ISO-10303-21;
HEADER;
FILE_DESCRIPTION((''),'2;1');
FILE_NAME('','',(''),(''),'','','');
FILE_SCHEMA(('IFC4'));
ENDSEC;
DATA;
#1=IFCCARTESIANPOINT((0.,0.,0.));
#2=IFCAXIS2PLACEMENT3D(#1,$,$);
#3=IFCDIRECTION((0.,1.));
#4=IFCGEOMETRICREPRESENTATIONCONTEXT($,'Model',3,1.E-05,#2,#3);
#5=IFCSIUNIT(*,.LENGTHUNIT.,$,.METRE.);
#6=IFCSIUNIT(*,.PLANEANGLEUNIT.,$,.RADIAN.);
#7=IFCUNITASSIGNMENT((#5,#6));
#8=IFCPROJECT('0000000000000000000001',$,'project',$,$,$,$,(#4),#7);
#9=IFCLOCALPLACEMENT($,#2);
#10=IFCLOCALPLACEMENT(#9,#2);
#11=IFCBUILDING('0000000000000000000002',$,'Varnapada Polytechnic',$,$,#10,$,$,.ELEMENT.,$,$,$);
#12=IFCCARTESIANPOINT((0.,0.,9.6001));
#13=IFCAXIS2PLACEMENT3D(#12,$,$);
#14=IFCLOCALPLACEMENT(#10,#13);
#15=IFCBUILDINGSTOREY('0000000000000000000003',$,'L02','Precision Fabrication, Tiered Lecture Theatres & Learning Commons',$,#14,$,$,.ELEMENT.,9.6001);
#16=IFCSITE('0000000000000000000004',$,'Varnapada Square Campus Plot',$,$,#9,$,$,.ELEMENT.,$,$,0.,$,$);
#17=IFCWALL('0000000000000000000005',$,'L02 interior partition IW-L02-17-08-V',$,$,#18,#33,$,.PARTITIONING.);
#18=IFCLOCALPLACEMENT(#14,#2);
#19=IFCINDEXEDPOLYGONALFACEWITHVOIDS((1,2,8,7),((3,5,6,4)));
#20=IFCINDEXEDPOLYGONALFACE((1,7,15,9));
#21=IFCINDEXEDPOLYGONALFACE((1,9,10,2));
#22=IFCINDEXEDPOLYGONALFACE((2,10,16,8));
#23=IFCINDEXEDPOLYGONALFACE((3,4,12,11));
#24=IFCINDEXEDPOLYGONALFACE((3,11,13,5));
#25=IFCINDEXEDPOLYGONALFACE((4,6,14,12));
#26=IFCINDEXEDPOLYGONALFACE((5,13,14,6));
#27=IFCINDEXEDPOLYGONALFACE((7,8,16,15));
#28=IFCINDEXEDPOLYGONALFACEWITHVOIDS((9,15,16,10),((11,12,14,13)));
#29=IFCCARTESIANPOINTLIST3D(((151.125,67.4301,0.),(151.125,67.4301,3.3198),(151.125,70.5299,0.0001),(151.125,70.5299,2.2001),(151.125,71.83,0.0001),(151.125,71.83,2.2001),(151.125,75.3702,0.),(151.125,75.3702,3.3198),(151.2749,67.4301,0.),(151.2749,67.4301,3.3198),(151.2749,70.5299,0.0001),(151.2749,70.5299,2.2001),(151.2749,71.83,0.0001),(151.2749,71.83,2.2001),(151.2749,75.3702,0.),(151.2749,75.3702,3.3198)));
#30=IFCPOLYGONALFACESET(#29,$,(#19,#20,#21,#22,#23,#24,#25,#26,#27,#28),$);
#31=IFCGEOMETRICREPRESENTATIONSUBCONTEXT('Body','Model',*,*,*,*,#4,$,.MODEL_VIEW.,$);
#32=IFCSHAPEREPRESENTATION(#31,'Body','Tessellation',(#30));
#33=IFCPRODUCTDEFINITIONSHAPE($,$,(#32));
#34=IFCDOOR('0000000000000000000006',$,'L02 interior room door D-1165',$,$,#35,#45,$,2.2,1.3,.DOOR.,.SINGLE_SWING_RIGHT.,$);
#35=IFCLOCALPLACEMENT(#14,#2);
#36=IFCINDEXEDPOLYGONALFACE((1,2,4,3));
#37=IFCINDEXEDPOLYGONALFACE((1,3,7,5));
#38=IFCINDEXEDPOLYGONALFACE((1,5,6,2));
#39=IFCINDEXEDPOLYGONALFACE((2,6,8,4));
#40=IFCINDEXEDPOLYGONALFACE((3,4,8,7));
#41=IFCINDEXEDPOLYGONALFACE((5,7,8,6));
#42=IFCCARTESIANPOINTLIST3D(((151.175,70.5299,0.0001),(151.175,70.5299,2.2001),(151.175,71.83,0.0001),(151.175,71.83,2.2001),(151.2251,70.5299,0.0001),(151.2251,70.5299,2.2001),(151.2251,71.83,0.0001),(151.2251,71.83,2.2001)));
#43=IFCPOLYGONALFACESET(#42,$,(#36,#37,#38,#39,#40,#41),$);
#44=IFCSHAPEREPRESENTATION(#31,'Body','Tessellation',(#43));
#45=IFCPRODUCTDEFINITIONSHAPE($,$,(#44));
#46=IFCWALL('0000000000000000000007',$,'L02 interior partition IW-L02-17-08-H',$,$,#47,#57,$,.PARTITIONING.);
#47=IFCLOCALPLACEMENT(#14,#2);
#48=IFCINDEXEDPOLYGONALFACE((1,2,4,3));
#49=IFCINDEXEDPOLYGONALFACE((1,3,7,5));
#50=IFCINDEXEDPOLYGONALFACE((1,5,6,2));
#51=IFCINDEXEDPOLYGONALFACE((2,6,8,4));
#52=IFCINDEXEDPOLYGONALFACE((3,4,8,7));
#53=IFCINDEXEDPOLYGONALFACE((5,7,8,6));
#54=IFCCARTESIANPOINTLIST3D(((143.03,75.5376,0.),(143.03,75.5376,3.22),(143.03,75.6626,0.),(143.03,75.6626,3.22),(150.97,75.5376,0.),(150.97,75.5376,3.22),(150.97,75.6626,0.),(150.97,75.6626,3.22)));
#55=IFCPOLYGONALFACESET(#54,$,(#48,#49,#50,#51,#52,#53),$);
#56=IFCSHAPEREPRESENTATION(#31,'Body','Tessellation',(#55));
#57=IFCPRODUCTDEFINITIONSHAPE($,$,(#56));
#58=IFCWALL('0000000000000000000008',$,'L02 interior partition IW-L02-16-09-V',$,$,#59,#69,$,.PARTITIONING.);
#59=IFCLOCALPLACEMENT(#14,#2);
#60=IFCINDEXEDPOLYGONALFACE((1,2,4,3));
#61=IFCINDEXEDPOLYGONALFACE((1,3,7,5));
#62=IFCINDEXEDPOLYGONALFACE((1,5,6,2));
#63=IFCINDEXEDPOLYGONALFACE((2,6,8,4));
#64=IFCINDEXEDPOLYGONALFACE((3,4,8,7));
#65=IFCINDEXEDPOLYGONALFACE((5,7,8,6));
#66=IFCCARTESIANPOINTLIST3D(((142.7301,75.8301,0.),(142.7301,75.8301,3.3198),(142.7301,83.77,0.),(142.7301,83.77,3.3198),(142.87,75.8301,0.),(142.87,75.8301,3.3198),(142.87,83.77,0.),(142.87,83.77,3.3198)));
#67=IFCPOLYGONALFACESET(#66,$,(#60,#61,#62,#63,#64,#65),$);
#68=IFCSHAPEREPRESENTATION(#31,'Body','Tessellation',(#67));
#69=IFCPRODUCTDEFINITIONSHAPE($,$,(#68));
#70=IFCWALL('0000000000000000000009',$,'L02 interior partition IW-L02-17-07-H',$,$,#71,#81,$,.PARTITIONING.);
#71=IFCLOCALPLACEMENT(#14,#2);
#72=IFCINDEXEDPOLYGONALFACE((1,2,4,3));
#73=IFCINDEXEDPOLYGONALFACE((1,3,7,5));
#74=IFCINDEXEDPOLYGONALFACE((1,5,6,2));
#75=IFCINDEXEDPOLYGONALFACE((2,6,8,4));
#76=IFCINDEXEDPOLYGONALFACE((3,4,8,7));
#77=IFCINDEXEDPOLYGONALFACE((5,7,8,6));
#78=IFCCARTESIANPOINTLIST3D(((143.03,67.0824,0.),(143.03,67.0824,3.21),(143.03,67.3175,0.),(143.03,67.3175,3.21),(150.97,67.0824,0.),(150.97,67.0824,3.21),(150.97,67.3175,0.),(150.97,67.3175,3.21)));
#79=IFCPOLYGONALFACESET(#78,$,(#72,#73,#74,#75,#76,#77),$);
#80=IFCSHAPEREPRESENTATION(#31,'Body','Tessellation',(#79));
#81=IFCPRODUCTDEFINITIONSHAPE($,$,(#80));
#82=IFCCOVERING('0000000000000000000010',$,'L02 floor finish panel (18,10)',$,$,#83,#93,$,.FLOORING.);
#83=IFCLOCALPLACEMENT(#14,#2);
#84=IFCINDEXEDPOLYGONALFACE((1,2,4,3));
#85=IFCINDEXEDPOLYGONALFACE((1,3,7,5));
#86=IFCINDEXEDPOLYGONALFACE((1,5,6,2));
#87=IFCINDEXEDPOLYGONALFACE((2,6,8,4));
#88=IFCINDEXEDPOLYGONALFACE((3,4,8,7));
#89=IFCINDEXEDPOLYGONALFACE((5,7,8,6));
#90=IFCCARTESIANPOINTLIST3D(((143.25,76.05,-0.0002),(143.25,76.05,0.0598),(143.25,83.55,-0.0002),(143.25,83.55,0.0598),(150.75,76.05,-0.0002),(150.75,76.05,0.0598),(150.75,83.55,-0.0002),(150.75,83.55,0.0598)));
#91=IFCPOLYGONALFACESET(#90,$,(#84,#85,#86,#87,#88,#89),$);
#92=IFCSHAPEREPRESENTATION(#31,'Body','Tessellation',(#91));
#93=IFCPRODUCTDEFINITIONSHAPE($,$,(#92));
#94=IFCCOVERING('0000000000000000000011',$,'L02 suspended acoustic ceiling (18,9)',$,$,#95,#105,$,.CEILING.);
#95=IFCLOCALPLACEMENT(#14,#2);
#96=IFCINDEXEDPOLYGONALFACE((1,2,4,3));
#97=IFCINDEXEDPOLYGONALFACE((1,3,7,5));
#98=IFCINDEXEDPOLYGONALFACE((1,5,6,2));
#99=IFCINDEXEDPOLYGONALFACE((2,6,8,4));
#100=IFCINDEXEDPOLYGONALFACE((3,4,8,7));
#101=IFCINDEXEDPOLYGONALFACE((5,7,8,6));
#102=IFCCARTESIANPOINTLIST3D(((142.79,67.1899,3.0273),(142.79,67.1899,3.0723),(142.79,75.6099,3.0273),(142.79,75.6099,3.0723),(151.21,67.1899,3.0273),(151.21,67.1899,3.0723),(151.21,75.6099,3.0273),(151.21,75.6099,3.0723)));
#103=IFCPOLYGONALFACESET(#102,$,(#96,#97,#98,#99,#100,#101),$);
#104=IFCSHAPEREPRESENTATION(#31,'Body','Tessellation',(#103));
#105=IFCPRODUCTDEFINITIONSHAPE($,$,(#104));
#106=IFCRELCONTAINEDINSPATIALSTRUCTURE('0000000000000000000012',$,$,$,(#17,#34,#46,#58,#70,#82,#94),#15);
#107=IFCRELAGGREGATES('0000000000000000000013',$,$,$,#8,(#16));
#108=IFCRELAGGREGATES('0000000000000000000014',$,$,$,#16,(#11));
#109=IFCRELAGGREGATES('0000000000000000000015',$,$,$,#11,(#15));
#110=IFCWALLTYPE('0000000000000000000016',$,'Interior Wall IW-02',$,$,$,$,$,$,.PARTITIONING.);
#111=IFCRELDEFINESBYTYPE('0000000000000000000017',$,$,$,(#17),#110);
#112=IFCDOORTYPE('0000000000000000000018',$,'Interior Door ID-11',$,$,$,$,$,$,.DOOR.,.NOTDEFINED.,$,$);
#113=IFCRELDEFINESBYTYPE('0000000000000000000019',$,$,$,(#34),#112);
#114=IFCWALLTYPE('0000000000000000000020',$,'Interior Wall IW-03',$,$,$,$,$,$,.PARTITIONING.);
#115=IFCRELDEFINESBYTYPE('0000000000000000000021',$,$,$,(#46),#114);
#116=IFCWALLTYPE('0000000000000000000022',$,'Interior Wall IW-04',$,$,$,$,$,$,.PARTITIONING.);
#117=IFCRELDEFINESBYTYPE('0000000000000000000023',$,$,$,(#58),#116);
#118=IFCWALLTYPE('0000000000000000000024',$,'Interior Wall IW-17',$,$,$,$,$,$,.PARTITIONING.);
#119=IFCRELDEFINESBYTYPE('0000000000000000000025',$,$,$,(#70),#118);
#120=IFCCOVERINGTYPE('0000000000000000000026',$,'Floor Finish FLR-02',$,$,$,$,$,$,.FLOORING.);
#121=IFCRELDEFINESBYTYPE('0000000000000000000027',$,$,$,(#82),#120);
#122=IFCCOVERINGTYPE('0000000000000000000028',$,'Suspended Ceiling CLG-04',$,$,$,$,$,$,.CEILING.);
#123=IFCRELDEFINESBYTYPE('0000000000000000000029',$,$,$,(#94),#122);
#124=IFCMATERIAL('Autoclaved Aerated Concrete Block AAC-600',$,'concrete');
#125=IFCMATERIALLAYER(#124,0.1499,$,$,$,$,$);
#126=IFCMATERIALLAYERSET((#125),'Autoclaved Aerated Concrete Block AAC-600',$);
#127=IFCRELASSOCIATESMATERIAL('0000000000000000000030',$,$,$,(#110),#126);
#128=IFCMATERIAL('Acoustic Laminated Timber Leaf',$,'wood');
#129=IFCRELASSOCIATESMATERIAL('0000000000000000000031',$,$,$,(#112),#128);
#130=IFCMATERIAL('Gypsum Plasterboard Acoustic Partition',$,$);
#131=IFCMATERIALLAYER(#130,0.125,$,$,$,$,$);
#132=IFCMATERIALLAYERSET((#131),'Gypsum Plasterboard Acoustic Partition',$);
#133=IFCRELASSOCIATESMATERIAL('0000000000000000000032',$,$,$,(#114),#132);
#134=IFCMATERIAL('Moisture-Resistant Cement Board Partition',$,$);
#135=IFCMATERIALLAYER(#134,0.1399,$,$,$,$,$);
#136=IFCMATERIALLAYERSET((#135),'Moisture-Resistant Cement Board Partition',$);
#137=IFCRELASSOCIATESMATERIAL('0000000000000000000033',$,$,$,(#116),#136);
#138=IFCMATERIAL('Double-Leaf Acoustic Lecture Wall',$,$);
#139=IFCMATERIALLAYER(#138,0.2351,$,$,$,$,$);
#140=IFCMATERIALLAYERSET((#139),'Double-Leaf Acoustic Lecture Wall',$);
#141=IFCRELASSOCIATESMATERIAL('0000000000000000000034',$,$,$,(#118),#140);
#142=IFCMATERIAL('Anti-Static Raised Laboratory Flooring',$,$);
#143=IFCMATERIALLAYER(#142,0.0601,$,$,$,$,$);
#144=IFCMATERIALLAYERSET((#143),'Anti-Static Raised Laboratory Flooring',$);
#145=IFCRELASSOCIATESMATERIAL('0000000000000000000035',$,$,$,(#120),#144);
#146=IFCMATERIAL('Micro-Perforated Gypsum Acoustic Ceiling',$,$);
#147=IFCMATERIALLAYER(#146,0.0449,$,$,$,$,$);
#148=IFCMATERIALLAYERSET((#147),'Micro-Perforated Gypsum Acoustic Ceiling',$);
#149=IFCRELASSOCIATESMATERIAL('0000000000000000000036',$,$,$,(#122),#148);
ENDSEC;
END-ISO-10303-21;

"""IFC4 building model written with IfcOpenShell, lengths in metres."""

from ifc_helpers import new_model, si_unit, direction, frame, frame_2d, origin, origin_2d, place, context, subcontext, project, spatial, rectangle, extrude, material, layer, layer_set, type_object, element, fill, save


model = new_model("IFC4")

# Units and contexts
model_context = context("Model", 3, precision=1e-05, world=origin(), true_north=direction((0.0, 1.0)))
body_context = subcontext(model_context, "Body", "Model", "MODEL_VIEW")
ifc_project = project(units=[si_unit("LENGTHUNIT", "METRE"), si_unit("PLANEANGLEUNIT", "RADIAN")], contexts=[model_context])

# Site, building, storey
site_placement = place(None, origin())
site = spatial("IfcSite", under=ifc_project, at=site_placement, Name="Varnapada Square Campus Plot", CompositionType="ELEMENT", RefElevation=0.0)
building_placement = place(site_placement, origin())
building = spatial("IfcBuilding", under=site, at=building_placement, Name="Varnapada Polytechnic", CompositionType="ELEMENT")
storey_placement = place(building_placement, frame((0.0, 0.0, 9.6001)))
storey = spatial("IfcBuildingStorey", under=building, at=storey_placement, Name="L02", Description="Precision Fabrication, Tiered Lecture Theatres & Learning Commons", CompositionType="ELEMENT", Elevation=9.6001)

# Shared definitions
ifc_material_1 = material(Name="Autoclaved Aerated Concrete Block AAC-600", Category="concrete")
ifc_layer_1 = layer(ifc_material_1, 0.1499)
ifc_layer_set_1 = layer_set([ifc_layer_1], Name="Autoclaved Aerated Concrete Block AAC-600")
wall_type_1 = type_object("IfcWallType", Name="Interior Wall IW-02", PredefinedType="PARTITIONING", material=ifc_layer_set_1)

# Wall, opening, door
wall_1_placement = place(storey_placement, frame((151.2, 67.4299, 0.0), z_axis=(0.0, 0.0, 1.0), x_axis=(0.0, 1.0, 0.0)))
wall_1 = element("IfcWall", 1, at=wall_1_placement, inside=storey, type_object=wall_type_1, Name="L02 interior partition IW-L02-17-08-V", PredefinedType="PARTITIONING", context=body_context, shape_type="SweptSolid", body=[
    extrude(rectangle(XDim=7.9402, YDim=0.1499, at=frame_2d((3.9702, 0.0))), origin(), (0.0, 0.0, 1.0), 3.3198),
])
opening_placement = place(wall_1_placement, frame((3.1001, 0.0, 0.0)))
opening = element("IfcOpeningElement", 2, at=opening_placement, cuts=wall_1, PredefinedType="OPENING", context=body_context, shape_type="SweptSolid", body=[
    extrude(rectangle(XDim=1.3, YDim=2.2, at=frame_2d((0.6499, 1.1001))), frame((0.0, 0.085, 0.0), z_axis=(0.0, -1.0, 0.0), x_axis=(1.0, 0.0, 0.0)), (0.0, 0.0, 1.0), 0.1699),
])
ifc_material_2 = material(Name="Acoustic Laminated Timber Leaf", Category="wood")
door_type = type_object("IfcDoorType", Name="Interior Door ID-11", OperationType="NOTDEFINED", PredefinedType="DOOR", material=ifc_material_2)
door_placement = place(opening_placement, origin())
door = element("IfcDoor", 3, at=door_placement, inside=storey, type_object=door_type, Name="L02 interior room door D-1165", OperationType="SINGLE_SWING_RIGHT", OverallHeight=2.2, OverallWidth=1.3, PredefinedType="DOOR", context=body_context, shape_type="SweptSolid", body=[
    extrude(rectangle(XDim=1.3, YDim=2.2, at=frame_2d((0.6499, 1.1001))), frame((0.0, 0.0249, 0.0), z_axis=(0.0, -1.0, 0.0), x_axis=(1.0, 0.0, 0.0)), (0.0, 0.0, 1.0), 0.05),
])
fill(opening, door)

# Walls
ifc_material_3 = material(Name="Gypsum Plasterboard Acoustic Partition")
ifc_layer_2 = layer(ifc_material_3, 0.125)
ifc_layer_set_2 = layer_set([ifc_layer_2], Name="Gypsum Plasterboard Acoustic Partition")
wall_type_2 = type_object("IfcWallType", Name="Interior Wall IW-03", PredefinedType="PARTITIONING", material=ifc_layer_set_2)
wall_2_placement = place(storey_placement, frame((143.03, 75.6001, 0.0), z_axis=(0.0, 0.0, 1.0), x_axis=(1.0, 0.0, 0.0)))
element("IfcWall", 4, at=wall_2_placement, inside=storey, type_object=wall_type_2, Name="L02 interior partition IW-L02-17-08-H", PredefinedType="PARTITIONING", context=body_context, shape_type="SweptSolid", body=[
    extrude(rectangle(XDim=7.9399, YDim=0.125, at=frame_2d((3.97, 0.0))), origin(), (0.0, 0.0, 1.0), 3.22),
])
ifc_material_4 = material(Name="Moisture-Resistant Cement Board Partition")
ifc_layer_3 = layer(ifc_material_4, 0.1399)
ifc_layer_set_3 = layer_set([ifc_layer_3], Name="Moisture-Resistant Cement Board Partition")
wall_type_3 = type_object("IfcWallType", Name="Interior Wall IW-04", PredefinedType="PARTITIONING", material=ifc_layer_set_3)
wall_3_placement = place(storey_placement, frame((142.8, 75.8301, 0.0), z_axis=(0.0, 0.0, 1.0), x_axis=(0.0, 1.0, 0.0)))
element("IfcWall", 5, at=wall_3_placement, inside=storey, type_object=wall_type_3, Name="L02 interior partition IW-L02-16-09-V", PredefinedType="PARTITIONING", context=body_context, shape_type="SweptSolid", body=[
    extrude(rectangle(XDim=7.9399, YDim=0.1399, at=frame_2d((3.97, 0.0))), origin(), (0.0, 0.0, 1.0), 3.3198),
])
ifc_material_5 = material(Name="Double-Leaf Acoustic Lecture Wall")
ifc_layer_4 = layer(ifc_material_5, 0.2351)
ifc_layer_set_4 = layer_set([ifc_layer_4], Name="Double-Leaf Acoustic Lecture Wall")
wall_type_4 = type_object("IfcWallType", Name="Interior Wall IW-17", PredefinedType="PARTITIONING", material=ifc_layer_set_4)
wall_4_placement = place(storey_placement, frame((143.03, 67.2, 0.0), z_axis=(0.0, 0.0, 1.0), x_axis=(1.0, 0.0, 0.0)))
element("IfcWall", 6, at=wall_4_placement, inside=storey, type_object=wall_type_4, Name="L02 interior partition IW-L02-17-07-H", PredefinedType="PARTITIONING", context=body_context, shape_type="SweptSolid", body=[
    extrude(rectangle(XDim=7.9399, YDim=0.2351, at=frame_2d((3.97, 0.0))), origin(), (0.0, 0.0, 1.0), 3.21),
])

# Coverings
ifc_material_6 = material(Name="Anti-Static Raised Laboratory Flooring")
ifc_layer_5 = layer(ifc_material_6, 0.0601)
ifc_layer_set_5 = layer_set([ifc_layer_5], Name="Anti-Static Raised Laboratory Flooring")
covering_type_1 = type_object("IfcCoveringType", Name="Floor Finish FLR-02", PredefinedType="FLOORING", material=ifc_layer_set_5)
covering_1_placement = place(storey_placement, frame((147.0, 79.8, -0.0002), z_axis=(0.0, 0.0, 1.0), x_axis=(1.0, 0.0, 0.0)))
element("IfcCovering", 7, at=covering_1_placement, inside=storey, type_object=covering_type_1, Name="L02 floor finish panel (18,10)", PredefinedType="FLOORING", context=body_context, shape_type="SweptSolid", body=[
    extrude(rectangle(XDim=7.5, YDim=7.5, at=origin_2d()), origin(), (0.0, 0.0, 1.0), 0.0601),
])
ifc_material_7 = material(Name="Micro-Perforated Gypsum Acoustic Ceiling")
ifc_layer_6 = layer(ifc_material_7, 0.0449)
ifc_layer_set_6 = layer_set([ifc_layer_6], Name="Micro-Perforated Gypsum Acoustic Ceiling")
covering_type_2 = type_object("IfcCoveringType", Name="Suspended Ceiling CLG-04", PredefinedType="CEILING", material=ifc_layer_set_6)
covering_2_placement = place(storey_placement, frame((147.0, 71.3999, 3.0273), z_axis=(0.0, 0.0, 1.0), x_axis=(1.0, 0.0, 0.0)))
element("IfcCovering", 8, at=covering_2_placement, inside=storey, type_object=covering_type_2, Name="L02 suspended acoustic ceiling (18,9)", PredefinedType="CEILING", context=body_context, shape_type="SweptSolid", body=[
    extrude(rectangle(XDim=8.4199, YDim=8.4199, at=origin_2d()), origin(), (0.0, 0.0, 1.0), 0.0449),
])

save(model, "model.ifc")
